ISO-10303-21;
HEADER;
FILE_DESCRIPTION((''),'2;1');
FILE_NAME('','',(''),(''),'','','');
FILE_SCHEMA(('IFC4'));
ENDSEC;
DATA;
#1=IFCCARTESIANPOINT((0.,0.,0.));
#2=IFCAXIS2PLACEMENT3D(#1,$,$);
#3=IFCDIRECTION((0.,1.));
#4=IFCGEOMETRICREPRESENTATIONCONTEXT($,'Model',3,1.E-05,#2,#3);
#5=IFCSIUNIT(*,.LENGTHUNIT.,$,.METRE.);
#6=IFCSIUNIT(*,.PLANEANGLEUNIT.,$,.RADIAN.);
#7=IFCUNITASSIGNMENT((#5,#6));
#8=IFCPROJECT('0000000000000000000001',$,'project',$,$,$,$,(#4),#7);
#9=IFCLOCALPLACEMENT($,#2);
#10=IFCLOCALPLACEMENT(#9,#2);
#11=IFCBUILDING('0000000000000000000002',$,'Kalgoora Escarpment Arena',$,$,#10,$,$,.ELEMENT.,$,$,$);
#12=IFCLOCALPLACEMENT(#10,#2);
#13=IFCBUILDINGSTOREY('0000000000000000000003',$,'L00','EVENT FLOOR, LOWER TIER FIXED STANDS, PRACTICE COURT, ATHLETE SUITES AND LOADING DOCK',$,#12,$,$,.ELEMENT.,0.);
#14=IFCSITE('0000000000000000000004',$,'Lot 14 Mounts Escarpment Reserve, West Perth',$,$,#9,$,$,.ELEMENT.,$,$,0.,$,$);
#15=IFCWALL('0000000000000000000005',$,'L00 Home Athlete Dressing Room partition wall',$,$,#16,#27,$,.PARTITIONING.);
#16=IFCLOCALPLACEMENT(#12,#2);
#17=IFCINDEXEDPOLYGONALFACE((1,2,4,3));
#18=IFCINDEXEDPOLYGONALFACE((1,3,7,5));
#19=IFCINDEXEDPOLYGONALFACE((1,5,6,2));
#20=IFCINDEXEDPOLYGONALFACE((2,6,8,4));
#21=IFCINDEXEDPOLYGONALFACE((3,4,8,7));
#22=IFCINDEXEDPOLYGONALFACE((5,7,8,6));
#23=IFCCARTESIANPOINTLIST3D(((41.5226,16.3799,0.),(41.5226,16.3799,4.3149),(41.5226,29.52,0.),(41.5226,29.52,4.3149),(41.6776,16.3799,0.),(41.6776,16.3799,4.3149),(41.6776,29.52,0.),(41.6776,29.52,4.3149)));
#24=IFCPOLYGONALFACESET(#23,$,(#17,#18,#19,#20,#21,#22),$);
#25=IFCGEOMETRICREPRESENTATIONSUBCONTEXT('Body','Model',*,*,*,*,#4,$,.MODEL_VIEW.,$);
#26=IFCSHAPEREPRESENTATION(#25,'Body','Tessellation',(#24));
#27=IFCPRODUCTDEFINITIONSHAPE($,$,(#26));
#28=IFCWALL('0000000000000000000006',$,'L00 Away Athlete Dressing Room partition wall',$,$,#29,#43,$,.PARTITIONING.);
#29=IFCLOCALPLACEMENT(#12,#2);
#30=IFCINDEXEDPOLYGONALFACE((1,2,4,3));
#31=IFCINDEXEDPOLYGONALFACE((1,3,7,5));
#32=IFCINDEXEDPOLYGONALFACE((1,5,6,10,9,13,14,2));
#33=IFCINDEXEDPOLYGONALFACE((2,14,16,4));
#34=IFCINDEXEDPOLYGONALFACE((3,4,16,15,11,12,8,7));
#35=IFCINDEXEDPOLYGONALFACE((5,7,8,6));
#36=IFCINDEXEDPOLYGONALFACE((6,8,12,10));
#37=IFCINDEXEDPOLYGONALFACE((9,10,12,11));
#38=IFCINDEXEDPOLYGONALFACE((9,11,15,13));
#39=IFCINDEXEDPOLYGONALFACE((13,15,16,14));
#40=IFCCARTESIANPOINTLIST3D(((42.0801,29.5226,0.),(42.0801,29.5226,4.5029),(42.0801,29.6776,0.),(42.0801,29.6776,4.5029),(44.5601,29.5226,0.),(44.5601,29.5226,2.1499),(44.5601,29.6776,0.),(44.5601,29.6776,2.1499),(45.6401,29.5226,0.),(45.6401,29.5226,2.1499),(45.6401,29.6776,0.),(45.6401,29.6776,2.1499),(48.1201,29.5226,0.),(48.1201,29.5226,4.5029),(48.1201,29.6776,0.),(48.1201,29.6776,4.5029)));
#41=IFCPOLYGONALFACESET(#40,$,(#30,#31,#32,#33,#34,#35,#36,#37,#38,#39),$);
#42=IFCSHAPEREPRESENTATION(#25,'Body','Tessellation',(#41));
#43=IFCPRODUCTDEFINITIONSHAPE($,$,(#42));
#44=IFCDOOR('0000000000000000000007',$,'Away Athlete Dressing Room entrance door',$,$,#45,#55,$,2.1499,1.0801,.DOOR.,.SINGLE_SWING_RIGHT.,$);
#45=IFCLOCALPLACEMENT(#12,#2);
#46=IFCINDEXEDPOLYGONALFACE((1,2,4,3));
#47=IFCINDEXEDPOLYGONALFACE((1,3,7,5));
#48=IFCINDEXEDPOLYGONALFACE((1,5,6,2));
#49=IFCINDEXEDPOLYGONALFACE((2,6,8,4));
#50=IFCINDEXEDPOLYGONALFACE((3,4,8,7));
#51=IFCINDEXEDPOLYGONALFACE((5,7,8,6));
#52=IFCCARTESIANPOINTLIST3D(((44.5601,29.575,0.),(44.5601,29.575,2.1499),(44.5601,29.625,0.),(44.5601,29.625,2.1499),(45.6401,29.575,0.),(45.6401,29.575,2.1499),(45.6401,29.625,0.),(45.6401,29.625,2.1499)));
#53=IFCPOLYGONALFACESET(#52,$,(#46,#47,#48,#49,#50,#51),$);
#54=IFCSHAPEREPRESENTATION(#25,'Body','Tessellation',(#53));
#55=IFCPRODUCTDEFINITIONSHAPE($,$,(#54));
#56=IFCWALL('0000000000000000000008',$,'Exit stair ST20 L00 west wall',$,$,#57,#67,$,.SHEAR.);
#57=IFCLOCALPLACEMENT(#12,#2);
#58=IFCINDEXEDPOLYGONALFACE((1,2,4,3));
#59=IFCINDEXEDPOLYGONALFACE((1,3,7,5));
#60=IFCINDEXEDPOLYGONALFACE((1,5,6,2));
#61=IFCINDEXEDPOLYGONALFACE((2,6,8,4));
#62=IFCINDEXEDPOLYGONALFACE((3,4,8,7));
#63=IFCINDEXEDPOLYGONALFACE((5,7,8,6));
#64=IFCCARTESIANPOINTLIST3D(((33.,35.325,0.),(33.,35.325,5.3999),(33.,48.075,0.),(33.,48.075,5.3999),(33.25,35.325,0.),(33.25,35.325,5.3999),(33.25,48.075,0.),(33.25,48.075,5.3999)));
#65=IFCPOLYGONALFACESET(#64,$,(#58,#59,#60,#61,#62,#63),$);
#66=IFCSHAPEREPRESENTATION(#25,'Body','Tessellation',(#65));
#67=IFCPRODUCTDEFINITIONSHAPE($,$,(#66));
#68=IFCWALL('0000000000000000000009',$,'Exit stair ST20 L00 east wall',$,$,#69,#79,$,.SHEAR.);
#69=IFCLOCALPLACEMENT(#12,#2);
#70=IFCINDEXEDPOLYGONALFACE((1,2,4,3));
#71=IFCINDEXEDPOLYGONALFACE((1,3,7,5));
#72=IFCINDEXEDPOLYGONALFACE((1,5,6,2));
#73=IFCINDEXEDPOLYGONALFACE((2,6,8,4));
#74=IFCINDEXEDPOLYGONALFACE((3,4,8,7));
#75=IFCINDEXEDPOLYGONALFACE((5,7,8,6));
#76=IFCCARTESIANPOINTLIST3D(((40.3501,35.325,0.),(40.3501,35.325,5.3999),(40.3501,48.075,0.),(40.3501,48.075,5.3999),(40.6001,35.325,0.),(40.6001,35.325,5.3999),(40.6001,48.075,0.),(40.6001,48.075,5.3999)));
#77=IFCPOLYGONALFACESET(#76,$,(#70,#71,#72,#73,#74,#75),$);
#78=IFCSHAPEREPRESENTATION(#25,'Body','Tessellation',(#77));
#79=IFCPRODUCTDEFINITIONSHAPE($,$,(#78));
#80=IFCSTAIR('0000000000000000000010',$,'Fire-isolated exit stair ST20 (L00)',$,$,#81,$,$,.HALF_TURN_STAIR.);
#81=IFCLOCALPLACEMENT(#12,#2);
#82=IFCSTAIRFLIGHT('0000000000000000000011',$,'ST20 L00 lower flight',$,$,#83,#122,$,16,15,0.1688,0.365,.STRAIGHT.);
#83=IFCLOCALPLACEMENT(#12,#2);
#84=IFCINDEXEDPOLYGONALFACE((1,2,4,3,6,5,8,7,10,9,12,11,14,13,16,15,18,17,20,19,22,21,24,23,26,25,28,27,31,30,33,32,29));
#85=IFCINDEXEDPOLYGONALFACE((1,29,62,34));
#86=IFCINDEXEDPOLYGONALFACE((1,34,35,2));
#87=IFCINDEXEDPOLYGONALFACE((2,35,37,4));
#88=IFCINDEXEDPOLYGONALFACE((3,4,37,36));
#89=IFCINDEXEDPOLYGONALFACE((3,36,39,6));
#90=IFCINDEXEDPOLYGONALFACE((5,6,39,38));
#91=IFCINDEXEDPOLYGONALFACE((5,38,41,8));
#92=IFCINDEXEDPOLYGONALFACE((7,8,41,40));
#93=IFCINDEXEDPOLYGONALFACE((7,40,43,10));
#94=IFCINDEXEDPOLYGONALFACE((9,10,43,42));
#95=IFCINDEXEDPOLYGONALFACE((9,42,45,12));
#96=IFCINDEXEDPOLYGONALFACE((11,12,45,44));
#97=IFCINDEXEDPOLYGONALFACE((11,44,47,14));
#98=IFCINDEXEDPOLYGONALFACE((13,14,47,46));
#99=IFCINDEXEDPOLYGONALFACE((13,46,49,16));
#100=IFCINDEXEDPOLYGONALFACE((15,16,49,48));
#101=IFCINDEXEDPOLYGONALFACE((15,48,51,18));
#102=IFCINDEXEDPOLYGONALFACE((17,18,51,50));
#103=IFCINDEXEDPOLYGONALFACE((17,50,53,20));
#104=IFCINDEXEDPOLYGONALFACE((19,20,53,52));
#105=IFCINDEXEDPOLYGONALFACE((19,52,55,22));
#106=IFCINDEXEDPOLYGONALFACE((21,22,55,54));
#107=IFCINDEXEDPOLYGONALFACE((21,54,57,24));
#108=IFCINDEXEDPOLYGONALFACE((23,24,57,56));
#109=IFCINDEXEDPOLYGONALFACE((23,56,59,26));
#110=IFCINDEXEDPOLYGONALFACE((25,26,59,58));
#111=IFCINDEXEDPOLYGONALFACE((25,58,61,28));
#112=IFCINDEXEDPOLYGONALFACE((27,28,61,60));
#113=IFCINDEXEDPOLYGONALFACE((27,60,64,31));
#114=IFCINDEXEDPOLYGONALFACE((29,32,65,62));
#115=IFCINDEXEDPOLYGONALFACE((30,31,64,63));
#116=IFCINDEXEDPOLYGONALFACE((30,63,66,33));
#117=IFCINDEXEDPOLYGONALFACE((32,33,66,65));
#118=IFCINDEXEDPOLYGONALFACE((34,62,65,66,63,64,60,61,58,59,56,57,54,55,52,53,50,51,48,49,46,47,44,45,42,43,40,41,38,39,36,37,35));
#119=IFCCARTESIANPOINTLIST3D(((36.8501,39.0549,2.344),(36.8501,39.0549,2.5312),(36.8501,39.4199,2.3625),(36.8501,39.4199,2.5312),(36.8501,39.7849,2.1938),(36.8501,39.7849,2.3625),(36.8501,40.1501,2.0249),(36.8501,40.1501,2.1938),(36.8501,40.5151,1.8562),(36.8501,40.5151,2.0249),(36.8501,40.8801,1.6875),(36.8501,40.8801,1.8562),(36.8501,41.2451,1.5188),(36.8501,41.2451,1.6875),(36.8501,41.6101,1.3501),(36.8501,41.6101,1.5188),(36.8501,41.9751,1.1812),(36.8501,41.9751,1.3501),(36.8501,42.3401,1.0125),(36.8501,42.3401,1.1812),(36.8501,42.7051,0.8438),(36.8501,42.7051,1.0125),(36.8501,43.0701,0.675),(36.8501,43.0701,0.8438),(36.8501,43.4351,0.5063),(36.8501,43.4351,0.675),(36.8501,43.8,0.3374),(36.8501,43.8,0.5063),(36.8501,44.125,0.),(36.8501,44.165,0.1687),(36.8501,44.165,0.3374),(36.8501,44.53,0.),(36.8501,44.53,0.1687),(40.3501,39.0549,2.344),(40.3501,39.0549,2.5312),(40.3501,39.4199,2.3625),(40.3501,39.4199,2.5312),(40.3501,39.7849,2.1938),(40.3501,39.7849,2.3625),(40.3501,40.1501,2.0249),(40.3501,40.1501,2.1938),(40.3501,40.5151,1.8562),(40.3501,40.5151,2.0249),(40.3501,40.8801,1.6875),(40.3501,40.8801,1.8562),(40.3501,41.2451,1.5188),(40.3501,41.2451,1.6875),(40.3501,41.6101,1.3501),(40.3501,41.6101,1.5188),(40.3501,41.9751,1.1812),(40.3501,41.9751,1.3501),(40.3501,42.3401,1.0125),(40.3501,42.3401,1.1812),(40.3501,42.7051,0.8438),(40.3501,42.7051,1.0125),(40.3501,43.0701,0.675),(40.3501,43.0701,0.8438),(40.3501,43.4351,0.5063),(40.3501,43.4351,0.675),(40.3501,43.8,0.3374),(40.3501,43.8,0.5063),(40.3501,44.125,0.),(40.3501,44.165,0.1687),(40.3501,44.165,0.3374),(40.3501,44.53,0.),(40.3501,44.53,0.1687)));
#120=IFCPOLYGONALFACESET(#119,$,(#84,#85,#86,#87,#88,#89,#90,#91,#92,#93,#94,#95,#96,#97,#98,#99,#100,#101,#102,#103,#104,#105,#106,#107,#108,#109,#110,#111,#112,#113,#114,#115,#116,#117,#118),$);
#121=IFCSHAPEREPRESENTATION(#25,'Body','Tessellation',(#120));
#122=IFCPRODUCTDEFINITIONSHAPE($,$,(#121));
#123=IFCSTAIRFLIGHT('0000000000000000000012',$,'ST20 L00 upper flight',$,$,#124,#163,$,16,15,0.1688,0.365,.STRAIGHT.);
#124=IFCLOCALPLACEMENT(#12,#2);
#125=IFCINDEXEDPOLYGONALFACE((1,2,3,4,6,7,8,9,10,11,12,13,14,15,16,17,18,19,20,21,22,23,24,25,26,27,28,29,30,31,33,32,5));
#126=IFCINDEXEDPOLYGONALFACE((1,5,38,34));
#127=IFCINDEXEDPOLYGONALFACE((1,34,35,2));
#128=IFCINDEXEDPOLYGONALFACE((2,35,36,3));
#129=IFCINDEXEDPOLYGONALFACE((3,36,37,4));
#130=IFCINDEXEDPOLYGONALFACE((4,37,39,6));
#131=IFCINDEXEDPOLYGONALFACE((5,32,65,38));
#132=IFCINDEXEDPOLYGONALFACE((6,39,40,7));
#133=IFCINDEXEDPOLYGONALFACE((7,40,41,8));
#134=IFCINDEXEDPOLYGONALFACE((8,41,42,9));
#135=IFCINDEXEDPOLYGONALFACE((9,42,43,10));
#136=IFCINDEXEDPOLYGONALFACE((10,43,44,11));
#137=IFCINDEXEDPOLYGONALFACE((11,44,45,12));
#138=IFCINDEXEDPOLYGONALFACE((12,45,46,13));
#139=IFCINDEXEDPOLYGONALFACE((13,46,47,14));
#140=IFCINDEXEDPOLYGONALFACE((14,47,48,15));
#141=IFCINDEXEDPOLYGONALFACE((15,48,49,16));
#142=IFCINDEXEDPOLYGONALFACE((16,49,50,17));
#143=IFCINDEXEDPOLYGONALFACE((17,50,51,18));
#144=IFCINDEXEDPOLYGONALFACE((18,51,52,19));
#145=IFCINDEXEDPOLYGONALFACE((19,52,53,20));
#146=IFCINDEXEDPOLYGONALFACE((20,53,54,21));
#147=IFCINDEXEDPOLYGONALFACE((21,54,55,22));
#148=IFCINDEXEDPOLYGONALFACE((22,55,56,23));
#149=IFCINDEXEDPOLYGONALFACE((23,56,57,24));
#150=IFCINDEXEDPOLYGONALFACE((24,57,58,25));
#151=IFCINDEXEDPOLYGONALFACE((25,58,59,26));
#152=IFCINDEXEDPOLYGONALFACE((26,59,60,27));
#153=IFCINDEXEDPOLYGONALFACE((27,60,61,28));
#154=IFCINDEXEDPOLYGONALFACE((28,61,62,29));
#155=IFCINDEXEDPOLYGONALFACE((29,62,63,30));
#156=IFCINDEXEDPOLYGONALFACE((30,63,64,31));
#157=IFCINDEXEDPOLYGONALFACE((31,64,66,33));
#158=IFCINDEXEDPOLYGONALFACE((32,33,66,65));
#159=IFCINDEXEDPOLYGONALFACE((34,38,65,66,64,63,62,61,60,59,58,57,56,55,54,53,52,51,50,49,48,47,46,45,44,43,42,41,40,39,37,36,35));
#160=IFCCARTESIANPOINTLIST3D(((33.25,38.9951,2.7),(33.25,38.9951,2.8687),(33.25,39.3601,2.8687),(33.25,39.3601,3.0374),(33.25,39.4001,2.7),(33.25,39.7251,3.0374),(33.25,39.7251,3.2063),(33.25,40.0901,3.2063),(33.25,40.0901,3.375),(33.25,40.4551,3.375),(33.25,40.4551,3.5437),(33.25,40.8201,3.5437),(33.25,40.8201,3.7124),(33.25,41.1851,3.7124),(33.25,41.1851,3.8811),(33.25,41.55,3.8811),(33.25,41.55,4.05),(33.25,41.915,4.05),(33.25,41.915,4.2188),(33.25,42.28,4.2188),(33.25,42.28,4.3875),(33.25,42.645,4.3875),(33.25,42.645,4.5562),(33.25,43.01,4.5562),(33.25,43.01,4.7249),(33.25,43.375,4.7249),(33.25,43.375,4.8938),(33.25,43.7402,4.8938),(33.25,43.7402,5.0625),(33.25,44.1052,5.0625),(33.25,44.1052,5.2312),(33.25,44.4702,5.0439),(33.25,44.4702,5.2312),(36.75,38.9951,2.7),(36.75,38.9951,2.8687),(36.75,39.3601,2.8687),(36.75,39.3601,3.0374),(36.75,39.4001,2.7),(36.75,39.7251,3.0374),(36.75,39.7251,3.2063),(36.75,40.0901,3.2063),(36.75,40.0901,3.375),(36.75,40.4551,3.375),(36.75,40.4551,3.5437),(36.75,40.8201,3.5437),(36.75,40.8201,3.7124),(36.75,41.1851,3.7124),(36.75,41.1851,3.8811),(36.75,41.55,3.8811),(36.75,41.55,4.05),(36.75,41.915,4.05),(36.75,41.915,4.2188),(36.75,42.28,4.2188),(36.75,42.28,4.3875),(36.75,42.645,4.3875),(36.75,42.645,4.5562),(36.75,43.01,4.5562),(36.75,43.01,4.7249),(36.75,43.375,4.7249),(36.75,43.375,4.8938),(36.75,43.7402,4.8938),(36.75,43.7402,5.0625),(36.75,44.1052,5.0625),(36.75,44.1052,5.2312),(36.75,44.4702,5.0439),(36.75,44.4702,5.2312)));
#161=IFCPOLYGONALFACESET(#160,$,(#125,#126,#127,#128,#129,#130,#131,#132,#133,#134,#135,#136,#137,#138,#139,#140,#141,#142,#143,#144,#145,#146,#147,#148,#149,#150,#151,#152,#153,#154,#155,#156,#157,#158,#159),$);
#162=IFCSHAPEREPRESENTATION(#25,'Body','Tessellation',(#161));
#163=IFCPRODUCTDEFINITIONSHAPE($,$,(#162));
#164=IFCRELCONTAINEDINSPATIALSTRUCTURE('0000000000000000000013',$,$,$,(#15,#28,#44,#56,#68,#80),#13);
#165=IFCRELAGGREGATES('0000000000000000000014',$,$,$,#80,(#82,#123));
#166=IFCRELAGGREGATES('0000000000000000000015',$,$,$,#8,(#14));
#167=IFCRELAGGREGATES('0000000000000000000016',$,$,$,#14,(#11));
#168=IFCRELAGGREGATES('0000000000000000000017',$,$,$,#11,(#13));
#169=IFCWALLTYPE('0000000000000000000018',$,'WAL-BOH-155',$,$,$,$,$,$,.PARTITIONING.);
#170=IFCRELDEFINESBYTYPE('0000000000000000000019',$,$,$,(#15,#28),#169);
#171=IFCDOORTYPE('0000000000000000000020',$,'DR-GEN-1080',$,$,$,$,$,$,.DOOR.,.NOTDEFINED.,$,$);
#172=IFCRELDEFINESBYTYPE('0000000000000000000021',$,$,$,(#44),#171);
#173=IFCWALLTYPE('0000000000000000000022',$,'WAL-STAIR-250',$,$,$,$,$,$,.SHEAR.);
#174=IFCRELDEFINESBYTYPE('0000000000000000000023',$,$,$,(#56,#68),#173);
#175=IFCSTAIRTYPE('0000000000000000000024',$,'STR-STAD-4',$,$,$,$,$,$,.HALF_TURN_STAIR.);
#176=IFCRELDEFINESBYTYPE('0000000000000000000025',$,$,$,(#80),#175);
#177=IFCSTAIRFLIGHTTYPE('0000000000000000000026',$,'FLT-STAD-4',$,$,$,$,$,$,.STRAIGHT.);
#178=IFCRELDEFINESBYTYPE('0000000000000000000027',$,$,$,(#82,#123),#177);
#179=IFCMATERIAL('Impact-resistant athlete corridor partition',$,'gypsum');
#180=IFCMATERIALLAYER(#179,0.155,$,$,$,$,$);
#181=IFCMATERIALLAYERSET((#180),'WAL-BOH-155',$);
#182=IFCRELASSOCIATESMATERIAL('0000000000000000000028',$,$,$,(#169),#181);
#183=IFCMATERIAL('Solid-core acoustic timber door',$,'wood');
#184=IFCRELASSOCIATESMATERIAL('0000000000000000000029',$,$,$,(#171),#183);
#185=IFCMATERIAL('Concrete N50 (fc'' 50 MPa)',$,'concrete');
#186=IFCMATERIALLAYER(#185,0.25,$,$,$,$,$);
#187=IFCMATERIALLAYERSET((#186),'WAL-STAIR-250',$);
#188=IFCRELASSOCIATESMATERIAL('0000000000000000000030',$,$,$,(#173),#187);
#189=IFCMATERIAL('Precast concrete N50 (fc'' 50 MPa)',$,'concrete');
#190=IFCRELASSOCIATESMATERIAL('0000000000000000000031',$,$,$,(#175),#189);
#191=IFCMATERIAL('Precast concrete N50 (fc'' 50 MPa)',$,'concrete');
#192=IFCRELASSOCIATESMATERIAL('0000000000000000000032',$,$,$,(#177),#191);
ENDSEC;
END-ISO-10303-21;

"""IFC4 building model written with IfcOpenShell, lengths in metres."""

from ifc_helpers import new_model, si_unit, direction, frame, frame_2d, origin, place, context, subcontext, project, spatial, polyline, rectangle, outline, extrude, material, layer, layer_set, type_object, element, fill, aggregate, save


model = new_model("IFC4")

# Units and contexts
model_context = context("Model", 3, precision=1e-05, world=origin(), true_north=direction((0.0, 1.0)))
body_context = subcontext(model_context, "Body", "Model", "MODEL_VIEW")
ifc_project = project(units=[si_unit("LENGTHUNIT", "METRE"), si_unit("PLANEANGLEUNIT", "RADIAN")], contexts=[model_context])

# Site, building, storey
site_placement = place(None, origin())
site = spatial("IfcSite", under=ifc_project, at=site_placement, Name="Lot 14 Mounts Escarpment Reserve, West Perth", CompositionType="ELEMENT", RefElevation=0.0)
building_placement = place(site_placement, origin())
building = spatial("IfcBuilding", under=site, at=building_placement, Name="Kalgoora Escarpment Arena", CompositionType="ELEMENT")
storey_placement = place(building_placement, origin())
storey = spatial("IfcBuildingStorey", under=building, at=storey_placement, Name="L00", Description="EVENT FLOOR, LOWER TIER FIXED STANDS, PRACTICE COURT, ATHLETE SUITES AND LOADING DOCK", CompositionType="ELEMENT", Elevation=0.0)

# Wall
ifc_material_1 = material(Name="Impact-resistant athlete corridor partition", Category="gypsum")
ifc_layer_1 = layer(ifc_material_1, 0.155)
ifc_layer_set_1 = layer_set([ifc_layer_1], Name="WAL-BOH-155")
wall_type_1 = type_object("IfcWallType", Name="WAL-BOH-155", PredefinedType="PARTITIONING", material=ifc_layer_set_1)
wall_1_placement = place(storey_placement, frame((41.6001, 29.52, 0.0), z_axis=(0.0, 0.0, 1.0), x_axis=(0.0, -1.0, 0.0)))
element("IfcWall", 1, at=wall_1_placement, inside=storey, type_object=wall_type_1, Name="L00 Home Athlete Dressing Room partition wall", PredefinedType="PARTITIONING", context=body_context, shape_type="SweptSolid", body=[
    extrude(rectangle(XDim=13.1401, YDim=0.155, at=frame_2d((6.5701, 0.0))), origin(), (0.0, 0.0, 1.0), 4.3149),
])

# Wall, opening, door
wall_2_placement = place(storey_placement, frame((42.0801, 29.6001, 0.0), z_axis=(0.0, 0.0, 1.0), x_axis=(1.0, 0.0, 0.0)))
wall_2 = element("IfcWall", 2, at=wall_2_placement, inside=storey, type_object=wall_type_1, Name="L00 Away Athlete Dressing Room partition wall", PredefinedType="PARTITIONING", context=body_context, shape_type="SweptSolid", body=[
    extrude(rectangle(XDim=6.04, YDim=0.155, at=frame_2d((3.02, 0.0))), origin(), (0.0, 0.0, 1.0), 4.5029),
])
opening_placement = place(wall_2_placement, frame((2.48, 0.0, 0.0)))
opening = element("IfcOpeningElement", 3, at=opening_placement, cuts=wall_2, PredefinedType="OPENING", context=body_context, shape_type="SweptSolid", body=[
    extrude(rectangle(XDim=1.0801, YDim=2.1499, at=frame_2d((0.54, 1.075))), frame((0.0, 0.0874, 0.0), z_axis=(0.0, -1.0, 0.0), x_axis=(1.0, 0.0, 0.0)), (0.0, 0.0, 1.0), 0.175),
])
ifc_material_2 = material(Name="Solid-core acoustic timber door", Category="wood")
door_type = type_object("IfcDoorType", Name="DR-GEN-1080", OperationType="NOTDEFINED", PredefinedType="DOOR", material=ifc_material_2)
door_placement = place(opening_placement, origin())
door = element("IfcDoor", 4, at=door_placement, inside=storey, type_object=door_type, Name="Away Athlete Dressing Room entrance door", OperationType="SINGLE_SWING_RIGHT", OverallHeight=2.1499, OverallWidth=1.0801, PredefinedType="DOOR", context=body_context, shape_type="SweptSolid", body=[
    extrude(rectangle(XDim=1.0801, YDim=2.1499, at=frame_2d((0.54, 1.075))), frame((0.0, 0.0249, 0.0), z_axis=(0.0, -1.0, 0.0), x_axis=(1.0, 0.0, 0.0)), (0.0, 0.0, 1.0), 0.05),
])
fill(opening, door)

# Walls
ifc_material_3 = material(Name="Concrete N50 (fc' 50 MPa)", Category="concrete")
ifc_layer_2 = layer(ifc_material_3, 0.25)
ifc_layer_set_2 = layer_set([ifc_layer_2], Name="WAL-STAIR-250")
wall_type_2 = type_object("IfcWallType", Name="WAL-STAIR-250", PredefinedType="SHEAR", material=ifc_layer_set_2)
for number, where, z_axis, x_axis, name in (
    (5, (33.125, 35.325, 0.0), (0.0, 0.0, 1.0), (0.0, 1.0, 0.0), "Exit stair ST20 L00 west wall"),
    (6, (40.4751, 35.325, 0.0), (0.0, 0.0, 1.0), (0.0, 1.0, 0.0), "Exit stair ST20 L00 east wall"),
):
    element("IfcWall", number, at=place(storey_placement, frame(where, z_axis=z_axis, x_axis=x_axis)), inside=storey, type_object=wall_type_2, Name=name, PredefinedType="SHEAR", context=body_context, shape_type="SweptSolid", body=[
        extrude(rectangle(XDim=12.75, YDim=0.25, at=frame_2d((6.375, 0.0))), origin(), (0.0, 0.0, 1.0), 5.3999),
    ])

# Stair, stair flights
ifc_material_4 = material(Name="Precast concrete N50 (fc' 50 MPa)", Category="concrete")
stair_type = type_object("IfcStairType", Name="STR-STAD-4", PredefinedType="HALF_TURN_STAIR", material=ifc_material_4)
stair_placement = place(storey_placement, origin())
stair = element("IfcStair", 7, at=stair_placement, inside=storey, type_object=stair_type, Name="Fire-isolated exit stair ST20 (L00)", PredefinedType="HALF_TURN_STAIR")
ifc_material_5 = material(Name="Precast concrete N50 (fc' 50 MPa)", Category="concrete")
stair_flight_type = type_object("IfcStairFlightType", Name="FLT-STAD-4", PredefinedType="STRAIGHT", material=ifc_material_5)
stair_flight_1_placement = place(storey_placement, frame((38.6001, 44.53, 0.0), z_axis=(0.0, 0.0, 1.0), x_axis=(0.0, -1.0, 0.0)))
stair_flight_1 = element("IfcStairFlight", 8, at=stair_flight_1_placement, type_object=stair_flight_type, Name="ST20 L00 lower flight", NumberOfRisers=16, NumberOfTreads=15, PredefinedType="STRAIGHT", RiserHeight=0.1688, TreadLength=0.365, context=body_context, shape_type="SweptSolid", body=[
    extrude(outline(polyline([(0.0, 0.0), (0.0, 0.1687), (0.365, 0.1687), (0.365, 0.3374), (0.73, 0.3374), (0.73, 0.5063), (1.095, 0.5063), (1.095, 0.675), (1.46, 0.675), (1.46, 0.8438), (1.825, 0.8438), (1.825, 1.0125), (2.1899, 1.0125), (2.1899, 1.1812), (2.5549, 1.1812), (2.5549, 1.3501), (2.9199, 1.3501), (2.9199, 1.5188), (3.2849, 1.5188), (3.2849, 1.6875), (3.6499, 1.6875), (3.6499, 1.8562), (4.0149, 1.8562), (4.0149, 2.0249), (4.3799, 2.0249), (4.3799, 2.1938), (4.7451, 2.1938), (4.7451, 2.3625), (5.1101, 2.3625), (5.1101, 2.5312), (5.4751, 2.5312), (5.4751, 2.7), (5.4751, 2.344), (0.405, 0.0), (0.0, 0.0)])), frame((0.0, 1.75, 0.0), z_axis=(0.0, -1.0, 0.0), x_axis=(1.0, 0.0, 0.0)), (0.0, 0.0, 1.0), 3.5),
])
stair_flight_2_placement = place(storey_placement, frame((35.0, 38.9951, 2.7), z_axis=(0.0, 0.0, 1.0), x_axis=(0.0, 1.0, 0.0)))
stair_flight_2 = element("IfcStairFlight", 9, at=stair_flight_2_placement, type_object=stair_flight_type, Name="ST20 L00 upper flight", NumberOfRisers=16, NumberOfTreads=15, PredefinedType="STRAIGHT", RiserHeight=0.1688, TreadLength=0.365, context=body_context, shape_type="SweptSolid", body=[
    extrude(outline(polyline([(0.0, 0.0), (0.0, 0.1687), (0.365, 0.1687), (0.365, 0.3374), (0.73, 0.3374), (0.73, 0.5063), (1.095, 0.5063), (1.095, 0.675), (1.46, 0.675), (1.46, 0.8438), (1.825, 0.8438), (1.825, 1.0125), (2.1899, 1.0125), (2.1899, 1.1812), (2.5549, 1.1812), (2.5549, 1.3501), (2.9199, 1.3501), (2.9199, 1.5188), (3.2849, 1.5188), (3.2849, 1.6875), (3.6499, 1.6875), (3.6499, 1.8562), (4.0149, 1.8562), (4.0149, 2.0249), (4.3799, 2.0249), (4.3799, 2.1938), (4.7451, 2.1938), (4.7451, 2.3625), (5.1101, 2.3625), (5.1101, 2.5312), (5.4751, 2.5312), (5.4751, 2.7), (5.4751, 2.344), (0.405, 0.0), (0.0, 0.0)])), frame((0.0, 1.75, 0.0), z_axis=(0.0, -1.0, 0.0), x_axis=(1.0, 0.0, 0.0)), (0.0, 0.0, 1.0), 3.5),
])
aggregate(stair, [stair_flight_1, stair_flight_2])

save(model, "model.ifc")
